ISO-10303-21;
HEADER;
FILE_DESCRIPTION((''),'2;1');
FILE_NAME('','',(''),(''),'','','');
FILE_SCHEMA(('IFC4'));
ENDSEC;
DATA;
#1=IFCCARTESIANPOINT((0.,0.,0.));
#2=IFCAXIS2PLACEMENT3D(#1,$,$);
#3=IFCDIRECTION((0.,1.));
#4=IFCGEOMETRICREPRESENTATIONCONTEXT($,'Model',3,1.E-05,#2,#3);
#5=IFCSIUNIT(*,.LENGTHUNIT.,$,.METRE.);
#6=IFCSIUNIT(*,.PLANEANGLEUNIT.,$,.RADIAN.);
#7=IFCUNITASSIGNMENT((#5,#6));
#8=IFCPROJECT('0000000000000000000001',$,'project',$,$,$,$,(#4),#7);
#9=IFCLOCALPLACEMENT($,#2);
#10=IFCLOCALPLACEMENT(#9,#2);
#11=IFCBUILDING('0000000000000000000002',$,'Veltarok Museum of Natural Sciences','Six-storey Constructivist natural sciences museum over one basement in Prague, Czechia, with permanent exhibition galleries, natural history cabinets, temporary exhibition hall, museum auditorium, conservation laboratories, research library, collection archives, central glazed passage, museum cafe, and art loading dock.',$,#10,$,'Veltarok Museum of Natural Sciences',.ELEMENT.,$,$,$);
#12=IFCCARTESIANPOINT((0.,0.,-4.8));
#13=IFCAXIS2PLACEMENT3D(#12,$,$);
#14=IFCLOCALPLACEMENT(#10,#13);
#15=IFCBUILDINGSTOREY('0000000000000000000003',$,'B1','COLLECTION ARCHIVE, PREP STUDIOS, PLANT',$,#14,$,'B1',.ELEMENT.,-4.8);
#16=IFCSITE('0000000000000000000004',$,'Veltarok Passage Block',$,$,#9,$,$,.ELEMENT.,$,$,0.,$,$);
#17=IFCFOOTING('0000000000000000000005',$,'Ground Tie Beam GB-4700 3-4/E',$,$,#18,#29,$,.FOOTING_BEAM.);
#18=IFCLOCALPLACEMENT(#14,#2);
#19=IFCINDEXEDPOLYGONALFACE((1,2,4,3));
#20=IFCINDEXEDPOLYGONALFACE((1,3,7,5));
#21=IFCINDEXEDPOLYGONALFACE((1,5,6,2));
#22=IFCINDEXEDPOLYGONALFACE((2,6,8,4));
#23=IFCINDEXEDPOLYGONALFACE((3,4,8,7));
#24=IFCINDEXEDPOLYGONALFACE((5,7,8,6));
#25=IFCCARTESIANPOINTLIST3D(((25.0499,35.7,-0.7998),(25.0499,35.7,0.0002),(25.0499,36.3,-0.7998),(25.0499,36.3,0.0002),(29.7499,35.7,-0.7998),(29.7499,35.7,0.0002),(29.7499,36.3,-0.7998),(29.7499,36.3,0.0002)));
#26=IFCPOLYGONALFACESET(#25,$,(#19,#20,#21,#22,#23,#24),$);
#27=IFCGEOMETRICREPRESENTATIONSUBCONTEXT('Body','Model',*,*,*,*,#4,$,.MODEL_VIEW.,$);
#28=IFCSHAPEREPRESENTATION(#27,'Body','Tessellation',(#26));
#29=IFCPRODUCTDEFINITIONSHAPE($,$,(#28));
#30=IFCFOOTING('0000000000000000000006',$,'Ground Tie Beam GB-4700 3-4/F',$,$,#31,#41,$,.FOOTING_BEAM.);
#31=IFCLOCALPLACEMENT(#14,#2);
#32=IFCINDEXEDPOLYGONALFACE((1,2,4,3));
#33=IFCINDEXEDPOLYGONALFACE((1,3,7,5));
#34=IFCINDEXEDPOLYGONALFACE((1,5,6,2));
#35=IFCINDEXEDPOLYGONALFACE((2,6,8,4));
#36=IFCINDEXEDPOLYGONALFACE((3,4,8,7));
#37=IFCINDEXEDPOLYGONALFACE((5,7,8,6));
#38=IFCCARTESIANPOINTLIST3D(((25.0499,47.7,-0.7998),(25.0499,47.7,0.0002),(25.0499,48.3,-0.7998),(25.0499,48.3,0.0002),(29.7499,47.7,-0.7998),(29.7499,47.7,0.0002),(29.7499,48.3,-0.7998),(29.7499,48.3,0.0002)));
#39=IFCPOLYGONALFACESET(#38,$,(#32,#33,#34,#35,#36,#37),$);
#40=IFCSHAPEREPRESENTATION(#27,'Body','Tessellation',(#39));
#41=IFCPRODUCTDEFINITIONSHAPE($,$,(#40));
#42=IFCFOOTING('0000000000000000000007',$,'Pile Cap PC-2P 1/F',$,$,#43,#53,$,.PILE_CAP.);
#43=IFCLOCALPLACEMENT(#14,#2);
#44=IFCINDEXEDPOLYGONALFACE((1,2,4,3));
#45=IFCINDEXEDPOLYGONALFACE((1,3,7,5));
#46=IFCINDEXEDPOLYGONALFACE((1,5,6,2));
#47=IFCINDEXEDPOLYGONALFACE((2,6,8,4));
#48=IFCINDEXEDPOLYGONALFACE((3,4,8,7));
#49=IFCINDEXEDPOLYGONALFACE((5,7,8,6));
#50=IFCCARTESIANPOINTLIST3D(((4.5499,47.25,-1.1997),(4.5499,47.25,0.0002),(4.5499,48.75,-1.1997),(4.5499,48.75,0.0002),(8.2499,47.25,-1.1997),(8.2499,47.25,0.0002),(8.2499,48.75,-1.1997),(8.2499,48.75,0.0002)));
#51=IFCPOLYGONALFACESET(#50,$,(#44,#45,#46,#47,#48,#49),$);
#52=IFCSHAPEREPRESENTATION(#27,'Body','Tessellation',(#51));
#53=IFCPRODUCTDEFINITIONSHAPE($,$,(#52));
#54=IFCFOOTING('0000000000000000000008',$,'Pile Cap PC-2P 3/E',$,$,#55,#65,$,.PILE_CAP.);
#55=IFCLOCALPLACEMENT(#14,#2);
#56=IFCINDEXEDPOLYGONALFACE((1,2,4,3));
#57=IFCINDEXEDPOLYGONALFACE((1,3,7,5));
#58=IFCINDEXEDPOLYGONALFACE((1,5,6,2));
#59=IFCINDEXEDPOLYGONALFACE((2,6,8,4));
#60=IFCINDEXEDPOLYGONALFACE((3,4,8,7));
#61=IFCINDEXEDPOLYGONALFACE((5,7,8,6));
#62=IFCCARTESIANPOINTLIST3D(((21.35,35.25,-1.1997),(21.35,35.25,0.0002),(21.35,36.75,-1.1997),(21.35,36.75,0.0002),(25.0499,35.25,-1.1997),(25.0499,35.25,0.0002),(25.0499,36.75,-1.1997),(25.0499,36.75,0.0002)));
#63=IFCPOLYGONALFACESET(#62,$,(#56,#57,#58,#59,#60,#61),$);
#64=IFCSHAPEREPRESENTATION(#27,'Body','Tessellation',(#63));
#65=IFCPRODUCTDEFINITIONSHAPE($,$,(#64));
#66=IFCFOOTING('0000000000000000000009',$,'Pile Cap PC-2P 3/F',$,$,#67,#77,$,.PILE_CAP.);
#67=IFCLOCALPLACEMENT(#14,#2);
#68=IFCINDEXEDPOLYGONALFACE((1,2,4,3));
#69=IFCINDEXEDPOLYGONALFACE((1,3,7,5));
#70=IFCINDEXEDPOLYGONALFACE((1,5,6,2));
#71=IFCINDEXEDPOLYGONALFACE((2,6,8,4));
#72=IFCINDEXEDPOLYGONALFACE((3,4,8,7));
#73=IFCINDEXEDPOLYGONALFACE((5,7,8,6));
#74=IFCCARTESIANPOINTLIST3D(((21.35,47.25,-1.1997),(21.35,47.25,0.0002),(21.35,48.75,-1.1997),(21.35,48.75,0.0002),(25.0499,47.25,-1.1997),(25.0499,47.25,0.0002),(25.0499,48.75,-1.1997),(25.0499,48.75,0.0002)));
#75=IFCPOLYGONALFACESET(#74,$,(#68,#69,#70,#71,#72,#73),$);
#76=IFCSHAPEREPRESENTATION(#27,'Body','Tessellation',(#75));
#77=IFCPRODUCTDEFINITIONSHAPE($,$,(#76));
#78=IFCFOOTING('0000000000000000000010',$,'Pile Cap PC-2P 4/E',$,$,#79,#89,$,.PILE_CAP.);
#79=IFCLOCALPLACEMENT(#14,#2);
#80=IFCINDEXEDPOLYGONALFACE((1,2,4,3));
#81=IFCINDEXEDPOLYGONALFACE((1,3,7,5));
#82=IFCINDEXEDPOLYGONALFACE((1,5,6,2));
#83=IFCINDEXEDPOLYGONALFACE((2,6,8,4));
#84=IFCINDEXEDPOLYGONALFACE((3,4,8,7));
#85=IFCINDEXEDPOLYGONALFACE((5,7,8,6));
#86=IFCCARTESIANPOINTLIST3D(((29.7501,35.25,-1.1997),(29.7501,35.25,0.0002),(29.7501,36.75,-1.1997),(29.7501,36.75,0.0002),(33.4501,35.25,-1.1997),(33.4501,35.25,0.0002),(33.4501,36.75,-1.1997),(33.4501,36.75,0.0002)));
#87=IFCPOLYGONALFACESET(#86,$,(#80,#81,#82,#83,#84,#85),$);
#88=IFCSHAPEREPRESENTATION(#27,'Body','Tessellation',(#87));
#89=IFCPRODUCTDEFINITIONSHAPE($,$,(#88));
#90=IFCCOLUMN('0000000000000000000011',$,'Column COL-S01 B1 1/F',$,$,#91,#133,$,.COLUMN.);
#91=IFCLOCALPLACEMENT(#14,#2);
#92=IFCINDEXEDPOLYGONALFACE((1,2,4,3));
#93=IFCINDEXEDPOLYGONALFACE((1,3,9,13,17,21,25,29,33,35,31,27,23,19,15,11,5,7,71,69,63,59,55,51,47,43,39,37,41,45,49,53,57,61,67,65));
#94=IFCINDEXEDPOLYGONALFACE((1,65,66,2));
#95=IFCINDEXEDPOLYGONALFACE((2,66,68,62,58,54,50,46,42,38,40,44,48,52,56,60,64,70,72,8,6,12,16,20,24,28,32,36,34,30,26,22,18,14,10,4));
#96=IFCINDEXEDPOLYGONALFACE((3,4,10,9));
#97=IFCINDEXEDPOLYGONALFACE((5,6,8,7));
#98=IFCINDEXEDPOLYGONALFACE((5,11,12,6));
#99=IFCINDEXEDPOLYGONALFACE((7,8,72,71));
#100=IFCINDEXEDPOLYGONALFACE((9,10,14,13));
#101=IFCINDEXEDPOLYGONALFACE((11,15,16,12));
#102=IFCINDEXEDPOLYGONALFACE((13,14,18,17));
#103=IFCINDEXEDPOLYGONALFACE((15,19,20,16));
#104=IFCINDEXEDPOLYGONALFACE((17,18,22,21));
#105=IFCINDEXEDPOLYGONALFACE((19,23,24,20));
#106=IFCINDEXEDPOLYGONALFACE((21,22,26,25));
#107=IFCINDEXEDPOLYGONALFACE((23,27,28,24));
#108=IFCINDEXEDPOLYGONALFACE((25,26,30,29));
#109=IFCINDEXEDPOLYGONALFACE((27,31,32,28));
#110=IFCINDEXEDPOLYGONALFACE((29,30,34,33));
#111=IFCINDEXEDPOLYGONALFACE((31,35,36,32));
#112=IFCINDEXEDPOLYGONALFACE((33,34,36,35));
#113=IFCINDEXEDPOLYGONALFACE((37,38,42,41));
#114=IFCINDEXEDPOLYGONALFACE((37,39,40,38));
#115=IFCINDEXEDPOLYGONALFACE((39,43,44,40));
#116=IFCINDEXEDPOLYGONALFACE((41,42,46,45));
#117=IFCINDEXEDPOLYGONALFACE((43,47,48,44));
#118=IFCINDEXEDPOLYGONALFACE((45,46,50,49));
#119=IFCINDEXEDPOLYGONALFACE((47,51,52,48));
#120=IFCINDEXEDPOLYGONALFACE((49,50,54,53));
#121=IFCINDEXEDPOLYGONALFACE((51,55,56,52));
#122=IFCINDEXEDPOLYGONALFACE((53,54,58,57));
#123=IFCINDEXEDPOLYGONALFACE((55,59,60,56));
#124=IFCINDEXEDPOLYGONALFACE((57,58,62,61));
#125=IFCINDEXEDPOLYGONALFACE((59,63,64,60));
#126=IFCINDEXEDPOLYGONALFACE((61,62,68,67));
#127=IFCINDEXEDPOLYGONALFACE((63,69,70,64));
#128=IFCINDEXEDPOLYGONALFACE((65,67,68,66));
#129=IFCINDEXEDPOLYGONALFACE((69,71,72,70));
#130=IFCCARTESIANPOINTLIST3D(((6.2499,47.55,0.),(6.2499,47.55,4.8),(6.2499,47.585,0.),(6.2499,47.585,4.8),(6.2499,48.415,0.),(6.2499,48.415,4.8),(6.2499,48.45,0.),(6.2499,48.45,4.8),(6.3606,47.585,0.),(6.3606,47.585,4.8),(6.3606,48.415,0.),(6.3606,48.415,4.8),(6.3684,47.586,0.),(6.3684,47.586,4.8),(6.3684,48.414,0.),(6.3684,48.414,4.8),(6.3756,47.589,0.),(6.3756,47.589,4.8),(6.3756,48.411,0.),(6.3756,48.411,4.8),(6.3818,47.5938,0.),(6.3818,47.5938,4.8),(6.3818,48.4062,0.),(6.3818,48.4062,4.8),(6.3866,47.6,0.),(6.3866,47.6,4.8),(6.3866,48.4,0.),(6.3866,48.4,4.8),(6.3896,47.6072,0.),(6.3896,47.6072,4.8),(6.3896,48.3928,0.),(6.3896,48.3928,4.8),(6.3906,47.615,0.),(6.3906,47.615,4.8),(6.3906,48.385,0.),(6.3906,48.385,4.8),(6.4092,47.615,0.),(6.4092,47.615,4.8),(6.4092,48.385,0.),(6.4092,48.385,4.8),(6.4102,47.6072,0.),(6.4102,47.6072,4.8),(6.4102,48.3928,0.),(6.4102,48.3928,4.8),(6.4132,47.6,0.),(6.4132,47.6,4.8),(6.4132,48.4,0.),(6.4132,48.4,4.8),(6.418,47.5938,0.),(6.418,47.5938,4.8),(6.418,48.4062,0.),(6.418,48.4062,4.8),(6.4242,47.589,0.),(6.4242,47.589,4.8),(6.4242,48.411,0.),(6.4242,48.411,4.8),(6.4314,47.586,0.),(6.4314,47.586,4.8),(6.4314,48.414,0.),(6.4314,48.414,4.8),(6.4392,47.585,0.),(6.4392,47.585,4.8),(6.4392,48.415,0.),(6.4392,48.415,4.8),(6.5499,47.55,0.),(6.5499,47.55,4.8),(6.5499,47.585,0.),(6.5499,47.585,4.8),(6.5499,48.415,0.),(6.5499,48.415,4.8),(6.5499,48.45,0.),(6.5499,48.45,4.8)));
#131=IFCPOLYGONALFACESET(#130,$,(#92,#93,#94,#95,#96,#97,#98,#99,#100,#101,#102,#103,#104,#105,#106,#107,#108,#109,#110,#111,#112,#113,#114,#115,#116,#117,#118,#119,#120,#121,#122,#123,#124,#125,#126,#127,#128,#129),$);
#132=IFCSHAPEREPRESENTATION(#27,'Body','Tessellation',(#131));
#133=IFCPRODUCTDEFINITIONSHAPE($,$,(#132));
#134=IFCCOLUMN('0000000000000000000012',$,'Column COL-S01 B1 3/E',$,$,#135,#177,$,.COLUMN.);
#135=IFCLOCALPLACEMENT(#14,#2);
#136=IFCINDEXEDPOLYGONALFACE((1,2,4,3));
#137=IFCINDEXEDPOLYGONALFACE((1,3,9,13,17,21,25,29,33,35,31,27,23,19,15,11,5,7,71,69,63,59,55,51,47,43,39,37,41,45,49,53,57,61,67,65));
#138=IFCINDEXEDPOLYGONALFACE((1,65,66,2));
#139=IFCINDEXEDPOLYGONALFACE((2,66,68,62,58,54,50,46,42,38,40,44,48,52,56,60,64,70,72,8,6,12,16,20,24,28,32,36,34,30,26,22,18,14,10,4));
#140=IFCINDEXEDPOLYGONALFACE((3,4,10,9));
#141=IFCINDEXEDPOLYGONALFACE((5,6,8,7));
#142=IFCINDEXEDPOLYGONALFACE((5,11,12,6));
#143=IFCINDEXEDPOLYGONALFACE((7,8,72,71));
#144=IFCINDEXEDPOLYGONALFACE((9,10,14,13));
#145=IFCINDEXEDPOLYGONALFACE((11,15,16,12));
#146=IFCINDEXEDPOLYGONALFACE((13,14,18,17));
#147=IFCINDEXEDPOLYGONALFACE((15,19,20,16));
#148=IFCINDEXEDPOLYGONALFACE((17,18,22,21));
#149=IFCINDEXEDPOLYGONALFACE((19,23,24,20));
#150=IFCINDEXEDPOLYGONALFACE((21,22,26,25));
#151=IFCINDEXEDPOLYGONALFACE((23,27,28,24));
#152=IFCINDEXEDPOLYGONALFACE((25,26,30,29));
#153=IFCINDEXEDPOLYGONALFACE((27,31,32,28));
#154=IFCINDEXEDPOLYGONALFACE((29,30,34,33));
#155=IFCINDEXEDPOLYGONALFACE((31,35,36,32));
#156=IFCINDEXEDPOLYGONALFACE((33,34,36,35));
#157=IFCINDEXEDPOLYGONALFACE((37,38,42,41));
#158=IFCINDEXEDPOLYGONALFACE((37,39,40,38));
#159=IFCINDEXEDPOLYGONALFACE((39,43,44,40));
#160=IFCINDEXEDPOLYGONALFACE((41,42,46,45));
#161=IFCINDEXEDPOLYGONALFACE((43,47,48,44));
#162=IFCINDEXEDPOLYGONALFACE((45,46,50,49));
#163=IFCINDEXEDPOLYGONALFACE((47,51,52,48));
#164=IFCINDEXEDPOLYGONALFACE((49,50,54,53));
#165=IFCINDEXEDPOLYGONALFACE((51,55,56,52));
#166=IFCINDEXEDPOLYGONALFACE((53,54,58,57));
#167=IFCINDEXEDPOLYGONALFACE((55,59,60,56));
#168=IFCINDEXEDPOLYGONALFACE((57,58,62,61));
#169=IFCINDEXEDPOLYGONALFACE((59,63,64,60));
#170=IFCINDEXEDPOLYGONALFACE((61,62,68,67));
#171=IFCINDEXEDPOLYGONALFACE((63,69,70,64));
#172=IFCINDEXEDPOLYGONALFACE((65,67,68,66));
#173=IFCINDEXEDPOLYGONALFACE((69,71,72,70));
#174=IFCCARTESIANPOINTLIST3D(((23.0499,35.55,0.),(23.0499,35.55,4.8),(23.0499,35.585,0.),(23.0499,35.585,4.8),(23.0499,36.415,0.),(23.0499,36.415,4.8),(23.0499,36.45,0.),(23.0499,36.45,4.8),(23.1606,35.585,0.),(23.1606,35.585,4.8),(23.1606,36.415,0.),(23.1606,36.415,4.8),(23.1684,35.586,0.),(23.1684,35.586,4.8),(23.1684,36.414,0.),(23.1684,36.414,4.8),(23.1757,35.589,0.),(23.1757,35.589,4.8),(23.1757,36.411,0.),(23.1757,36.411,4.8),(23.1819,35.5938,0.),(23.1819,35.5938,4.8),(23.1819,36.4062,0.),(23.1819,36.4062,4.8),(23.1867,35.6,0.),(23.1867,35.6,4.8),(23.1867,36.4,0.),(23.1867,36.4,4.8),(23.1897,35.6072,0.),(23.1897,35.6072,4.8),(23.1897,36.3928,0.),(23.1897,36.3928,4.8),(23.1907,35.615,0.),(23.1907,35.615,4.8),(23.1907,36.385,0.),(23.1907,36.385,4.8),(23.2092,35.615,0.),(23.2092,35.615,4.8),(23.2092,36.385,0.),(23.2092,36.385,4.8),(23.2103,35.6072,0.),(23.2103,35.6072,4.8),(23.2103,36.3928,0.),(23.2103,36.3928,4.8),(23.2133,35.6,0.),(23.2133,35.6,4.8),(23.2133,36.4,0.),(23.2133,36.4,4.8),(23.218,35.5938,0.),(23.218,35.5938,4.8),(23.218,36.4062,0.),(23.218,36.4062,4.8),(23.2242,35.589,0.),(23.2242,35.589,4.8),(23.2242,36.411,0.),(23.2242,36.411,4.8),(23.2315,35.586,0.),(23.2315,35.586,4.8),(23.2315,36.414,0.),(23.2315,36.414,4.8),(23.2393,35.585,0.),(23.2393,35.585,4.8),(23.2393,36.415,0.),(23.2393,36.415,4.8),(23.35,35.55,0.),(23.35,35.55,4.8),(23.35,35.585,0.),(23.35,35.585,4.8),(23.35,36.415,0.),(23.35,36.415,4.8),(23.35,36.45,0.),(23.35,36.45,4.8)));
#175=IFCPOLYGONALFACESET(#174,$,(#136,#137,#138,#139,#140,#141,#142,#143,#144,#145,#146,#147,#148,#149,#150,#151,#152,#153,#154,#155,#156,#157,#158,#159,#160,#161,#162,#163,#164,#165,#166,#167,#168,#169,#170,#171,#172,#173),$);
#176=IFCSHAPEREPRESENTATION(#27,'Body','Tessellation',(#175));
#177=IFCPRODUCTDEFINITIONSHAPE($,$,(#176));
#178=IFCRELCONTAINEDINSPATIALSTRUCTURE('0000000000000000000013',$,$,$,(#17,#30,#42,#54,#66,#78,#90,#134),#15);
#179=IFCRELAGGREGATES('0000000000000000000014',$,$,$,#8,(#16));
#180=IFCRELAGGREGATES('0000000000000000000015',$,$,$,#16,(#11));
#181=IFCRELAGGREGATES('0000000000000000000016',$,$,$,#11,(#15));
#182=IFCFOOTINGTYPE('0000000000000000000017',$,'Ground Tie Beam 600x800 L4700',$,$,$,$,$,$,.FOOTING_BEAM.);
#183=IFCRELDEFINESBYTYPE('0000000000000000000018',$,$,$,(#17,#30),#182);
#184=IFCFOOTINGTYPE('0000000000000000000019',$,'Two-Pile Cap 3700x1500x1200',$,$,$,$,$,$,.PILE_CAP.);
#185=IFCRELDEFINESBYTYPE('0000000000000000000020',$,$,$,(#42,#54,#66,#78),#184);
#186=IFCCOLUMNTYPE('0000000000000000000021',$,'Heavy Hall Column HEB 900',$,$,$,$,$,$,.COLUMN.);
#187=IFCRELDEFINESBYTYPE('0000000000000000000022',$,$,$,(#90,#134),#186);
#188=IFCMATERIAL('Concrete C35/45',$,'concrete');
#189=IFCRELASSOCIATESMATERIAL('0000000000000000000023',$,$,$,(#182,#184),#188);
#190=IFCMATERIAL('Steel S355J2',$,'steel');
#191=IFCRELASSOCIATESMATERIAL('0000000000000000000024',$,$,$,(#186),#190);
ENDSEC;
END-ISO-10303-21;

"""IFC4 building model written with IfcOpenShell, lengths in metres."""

from ifc_helpers import new_model, si_unit, direction, frame, origin, origin_2d, place, context, subcontext, project, spatial, rectangle, i_section, extrude, material, material_profile, profile_set, type_object, element, save


model = new_model("IFC4")

# Units and contexts
model_context = context("Model", 3, precision=1e-05, world=origin(), true_north=direction((0.0, 1.0)))
body_context = subcontext(model_context, "Body", "Model", "MODEL_VIEW")
ifc_project = project(units=[si_unit("LENGTHUNIT", "METRE"), si_unit("PLANEANGLEUNIT", "RADIAN")], contexts=[model_context])

# Site, building, storey
site_placement = place(None, origin())
site = spatial("IfcSite", under=ifc_project, at=site_placement, Name="Veltarok Passage Block", CompositionType="ELEMENT", RefElevation=0.0)
building_placement = place(site_placement, origin())
building = spatial("IfcBuilding", under=site, at=building_placement, Name="Veltarok Museum of Natural Sciences", Description="Six-storey Constructivist natural sciences museum over one basement in Prague, Czechia, with permanent exhibition galleries, natural history cabinets, temporary exhibition hall, museum auditorium, conservation laboratories, research library, collection archives, central glazed passage, museum cafe, and art loading dock.", LongName="Veltarok Museum of Natural Sciences", CompositionType="ELEMENT")
storey_placement = place(building_placement, frame((0.0, 0.0, -4.8)))
storey = spatial("IfcBuildingStorey", under=building, at=storey_placement, Name="B1", Description="COLLECTION ARCHIVE, PREP STUDIOS, PLANT", LongName="B1", CompositionType="ELEMENT", Elevation=-4.8)

# Shared definitions
ifc_material_1 = material(Name="Concrete C35/45", Category="concrete")

# Footings
footing_type_1 = type_object("IfcFootingType", Name="Ground Tie Beam 600x800 L4700", PredefinedType="FOOTING_BEAM", material=ifc_material_1)
for number, where, z_axis, x_axis, name in (
    (1, (27.3999, 36.0, -0.7998), (0.0, 0.0, 1.0), (1.0, 0.0, 0.0), "Ground Tie Beam GB-4700 3-4/E"),
    (2, (27.3999, 48.0, -0.7998), (0.0, 0.0, 1.0), (1.0, 0.0, 0.0), "Ground Tie Beam GB-4700 3-4/F"),
):
    element("IfcFooting", number, at=place(storey_placement, frame(where, z_axis=z_axis, x_axis=x_axis)), inside=storey, type_object=footing_type_1, Name=name, PredefinedType="FOOTING_BEAM", context=body_context, shape_type="SweptSolid", body=[
        extrude(rectangle(XDim=4.7, YDim=0.6001, at=origin_2d()), origin(), (0.0, 0.0, 1.0), 0.8),
    ])
footing_type_2 = type_object("IfcFootingType", Name="Two-Pile Cap 3700x1500x1200", PredefinedType="PILE_CAP", material=ifc_material_1)
for number, where, z_axis, x_axis, name in (
    (3, (6.3999, 48.0, -1.1997), (0.0, 0.0, 1.0), (1.0, 0.0, 0.0), "Pile Cap PC-2P 1/F"),
    (4, (23.2, 36.0, -1.1997), (0.0, 0.0, 1.0), (1.0, 0.0, 0.0), "Pile Cap PC-2P 3/E"),
    (5, (23.2, 48.0, -1.1997), (0.0, 0.0, 1.0), (1.0, 0.0, 0.0), "Pile Cap PC-2P 3/F"),
    (6, (31.6001, 36.0, -1.1997), (0.0, 0.0, 1.0), (1.0, 0.0, 0.0), "Pile Cap PC-2P 4/E"),
):
    element("IfcFooting", number, at=place(storey_placement, frame(where, z_axis=z_axis, x_axis=x_axis)), inside=storey, type_object=footing_type_2, Name=name, PredefinedType="PILE_CAP", context=body_context, shape_type="SweptSolid", body=[
        extrude(rectangle(XDim=3.7, YDim=1.5, at=origin_2d()), origin(), (0.0, 0.0, 1.0), 1.2),
    ])

# Columns
ifc_material_2 = material(Name="Steel S355J2", Category="steel")
ifc_material_profile_1 = material_profile(ifc_material_2, i_section(OverallWidth=0.3, OverallDepth=0.8999, WebThickness=0.0186, FlangeThickness=0.0349, FilletRadius=0.03, at=origin_2d()), Name="HEB 900")
ifc_profile_set_1 = profile_set([ifc_material_profile_1], Name="Steel S355J2")
column_type = type_object("IfcColumnType", Name="Heavy Hall Column HEB 900", PredefinedType="COLUMN", material=ifc_profile_set_1)
for number, where, z_axis, x_axis, name in (
    (7, (6.3999, 48.0, 0.0), (0.0, 0.0, 1.0), (1.0, 0.0, 0.0), "Column COL-S01 B1 1/F"),
    (8, (23.2, 36.0, 0.0), (0.0, 0.0, 1.0), (1.0, 0.0, 0.0), "Column COL-S01 B1 3/E"),
):
    element("IfcColumn", number, at=place(storey_placement, frame(where, z_axis=z_axis, x_axis=x_axis)), inside=storey, type_object=column_type, Name=name, PredefinedType="COLUMN", context=body_context, shape_type="SweptSolid", body=[
        extrude(i_section(OverallWidth=0.3, OverallDepth=0.8999, WebThickness=0.0186, FlangeThickness=0.0349, FilletRadius=0.03, at=origin_2d()), origin(), (0.0, 0.0, 1.0), 4.8),
    ])

save(model, "model.ifc")
